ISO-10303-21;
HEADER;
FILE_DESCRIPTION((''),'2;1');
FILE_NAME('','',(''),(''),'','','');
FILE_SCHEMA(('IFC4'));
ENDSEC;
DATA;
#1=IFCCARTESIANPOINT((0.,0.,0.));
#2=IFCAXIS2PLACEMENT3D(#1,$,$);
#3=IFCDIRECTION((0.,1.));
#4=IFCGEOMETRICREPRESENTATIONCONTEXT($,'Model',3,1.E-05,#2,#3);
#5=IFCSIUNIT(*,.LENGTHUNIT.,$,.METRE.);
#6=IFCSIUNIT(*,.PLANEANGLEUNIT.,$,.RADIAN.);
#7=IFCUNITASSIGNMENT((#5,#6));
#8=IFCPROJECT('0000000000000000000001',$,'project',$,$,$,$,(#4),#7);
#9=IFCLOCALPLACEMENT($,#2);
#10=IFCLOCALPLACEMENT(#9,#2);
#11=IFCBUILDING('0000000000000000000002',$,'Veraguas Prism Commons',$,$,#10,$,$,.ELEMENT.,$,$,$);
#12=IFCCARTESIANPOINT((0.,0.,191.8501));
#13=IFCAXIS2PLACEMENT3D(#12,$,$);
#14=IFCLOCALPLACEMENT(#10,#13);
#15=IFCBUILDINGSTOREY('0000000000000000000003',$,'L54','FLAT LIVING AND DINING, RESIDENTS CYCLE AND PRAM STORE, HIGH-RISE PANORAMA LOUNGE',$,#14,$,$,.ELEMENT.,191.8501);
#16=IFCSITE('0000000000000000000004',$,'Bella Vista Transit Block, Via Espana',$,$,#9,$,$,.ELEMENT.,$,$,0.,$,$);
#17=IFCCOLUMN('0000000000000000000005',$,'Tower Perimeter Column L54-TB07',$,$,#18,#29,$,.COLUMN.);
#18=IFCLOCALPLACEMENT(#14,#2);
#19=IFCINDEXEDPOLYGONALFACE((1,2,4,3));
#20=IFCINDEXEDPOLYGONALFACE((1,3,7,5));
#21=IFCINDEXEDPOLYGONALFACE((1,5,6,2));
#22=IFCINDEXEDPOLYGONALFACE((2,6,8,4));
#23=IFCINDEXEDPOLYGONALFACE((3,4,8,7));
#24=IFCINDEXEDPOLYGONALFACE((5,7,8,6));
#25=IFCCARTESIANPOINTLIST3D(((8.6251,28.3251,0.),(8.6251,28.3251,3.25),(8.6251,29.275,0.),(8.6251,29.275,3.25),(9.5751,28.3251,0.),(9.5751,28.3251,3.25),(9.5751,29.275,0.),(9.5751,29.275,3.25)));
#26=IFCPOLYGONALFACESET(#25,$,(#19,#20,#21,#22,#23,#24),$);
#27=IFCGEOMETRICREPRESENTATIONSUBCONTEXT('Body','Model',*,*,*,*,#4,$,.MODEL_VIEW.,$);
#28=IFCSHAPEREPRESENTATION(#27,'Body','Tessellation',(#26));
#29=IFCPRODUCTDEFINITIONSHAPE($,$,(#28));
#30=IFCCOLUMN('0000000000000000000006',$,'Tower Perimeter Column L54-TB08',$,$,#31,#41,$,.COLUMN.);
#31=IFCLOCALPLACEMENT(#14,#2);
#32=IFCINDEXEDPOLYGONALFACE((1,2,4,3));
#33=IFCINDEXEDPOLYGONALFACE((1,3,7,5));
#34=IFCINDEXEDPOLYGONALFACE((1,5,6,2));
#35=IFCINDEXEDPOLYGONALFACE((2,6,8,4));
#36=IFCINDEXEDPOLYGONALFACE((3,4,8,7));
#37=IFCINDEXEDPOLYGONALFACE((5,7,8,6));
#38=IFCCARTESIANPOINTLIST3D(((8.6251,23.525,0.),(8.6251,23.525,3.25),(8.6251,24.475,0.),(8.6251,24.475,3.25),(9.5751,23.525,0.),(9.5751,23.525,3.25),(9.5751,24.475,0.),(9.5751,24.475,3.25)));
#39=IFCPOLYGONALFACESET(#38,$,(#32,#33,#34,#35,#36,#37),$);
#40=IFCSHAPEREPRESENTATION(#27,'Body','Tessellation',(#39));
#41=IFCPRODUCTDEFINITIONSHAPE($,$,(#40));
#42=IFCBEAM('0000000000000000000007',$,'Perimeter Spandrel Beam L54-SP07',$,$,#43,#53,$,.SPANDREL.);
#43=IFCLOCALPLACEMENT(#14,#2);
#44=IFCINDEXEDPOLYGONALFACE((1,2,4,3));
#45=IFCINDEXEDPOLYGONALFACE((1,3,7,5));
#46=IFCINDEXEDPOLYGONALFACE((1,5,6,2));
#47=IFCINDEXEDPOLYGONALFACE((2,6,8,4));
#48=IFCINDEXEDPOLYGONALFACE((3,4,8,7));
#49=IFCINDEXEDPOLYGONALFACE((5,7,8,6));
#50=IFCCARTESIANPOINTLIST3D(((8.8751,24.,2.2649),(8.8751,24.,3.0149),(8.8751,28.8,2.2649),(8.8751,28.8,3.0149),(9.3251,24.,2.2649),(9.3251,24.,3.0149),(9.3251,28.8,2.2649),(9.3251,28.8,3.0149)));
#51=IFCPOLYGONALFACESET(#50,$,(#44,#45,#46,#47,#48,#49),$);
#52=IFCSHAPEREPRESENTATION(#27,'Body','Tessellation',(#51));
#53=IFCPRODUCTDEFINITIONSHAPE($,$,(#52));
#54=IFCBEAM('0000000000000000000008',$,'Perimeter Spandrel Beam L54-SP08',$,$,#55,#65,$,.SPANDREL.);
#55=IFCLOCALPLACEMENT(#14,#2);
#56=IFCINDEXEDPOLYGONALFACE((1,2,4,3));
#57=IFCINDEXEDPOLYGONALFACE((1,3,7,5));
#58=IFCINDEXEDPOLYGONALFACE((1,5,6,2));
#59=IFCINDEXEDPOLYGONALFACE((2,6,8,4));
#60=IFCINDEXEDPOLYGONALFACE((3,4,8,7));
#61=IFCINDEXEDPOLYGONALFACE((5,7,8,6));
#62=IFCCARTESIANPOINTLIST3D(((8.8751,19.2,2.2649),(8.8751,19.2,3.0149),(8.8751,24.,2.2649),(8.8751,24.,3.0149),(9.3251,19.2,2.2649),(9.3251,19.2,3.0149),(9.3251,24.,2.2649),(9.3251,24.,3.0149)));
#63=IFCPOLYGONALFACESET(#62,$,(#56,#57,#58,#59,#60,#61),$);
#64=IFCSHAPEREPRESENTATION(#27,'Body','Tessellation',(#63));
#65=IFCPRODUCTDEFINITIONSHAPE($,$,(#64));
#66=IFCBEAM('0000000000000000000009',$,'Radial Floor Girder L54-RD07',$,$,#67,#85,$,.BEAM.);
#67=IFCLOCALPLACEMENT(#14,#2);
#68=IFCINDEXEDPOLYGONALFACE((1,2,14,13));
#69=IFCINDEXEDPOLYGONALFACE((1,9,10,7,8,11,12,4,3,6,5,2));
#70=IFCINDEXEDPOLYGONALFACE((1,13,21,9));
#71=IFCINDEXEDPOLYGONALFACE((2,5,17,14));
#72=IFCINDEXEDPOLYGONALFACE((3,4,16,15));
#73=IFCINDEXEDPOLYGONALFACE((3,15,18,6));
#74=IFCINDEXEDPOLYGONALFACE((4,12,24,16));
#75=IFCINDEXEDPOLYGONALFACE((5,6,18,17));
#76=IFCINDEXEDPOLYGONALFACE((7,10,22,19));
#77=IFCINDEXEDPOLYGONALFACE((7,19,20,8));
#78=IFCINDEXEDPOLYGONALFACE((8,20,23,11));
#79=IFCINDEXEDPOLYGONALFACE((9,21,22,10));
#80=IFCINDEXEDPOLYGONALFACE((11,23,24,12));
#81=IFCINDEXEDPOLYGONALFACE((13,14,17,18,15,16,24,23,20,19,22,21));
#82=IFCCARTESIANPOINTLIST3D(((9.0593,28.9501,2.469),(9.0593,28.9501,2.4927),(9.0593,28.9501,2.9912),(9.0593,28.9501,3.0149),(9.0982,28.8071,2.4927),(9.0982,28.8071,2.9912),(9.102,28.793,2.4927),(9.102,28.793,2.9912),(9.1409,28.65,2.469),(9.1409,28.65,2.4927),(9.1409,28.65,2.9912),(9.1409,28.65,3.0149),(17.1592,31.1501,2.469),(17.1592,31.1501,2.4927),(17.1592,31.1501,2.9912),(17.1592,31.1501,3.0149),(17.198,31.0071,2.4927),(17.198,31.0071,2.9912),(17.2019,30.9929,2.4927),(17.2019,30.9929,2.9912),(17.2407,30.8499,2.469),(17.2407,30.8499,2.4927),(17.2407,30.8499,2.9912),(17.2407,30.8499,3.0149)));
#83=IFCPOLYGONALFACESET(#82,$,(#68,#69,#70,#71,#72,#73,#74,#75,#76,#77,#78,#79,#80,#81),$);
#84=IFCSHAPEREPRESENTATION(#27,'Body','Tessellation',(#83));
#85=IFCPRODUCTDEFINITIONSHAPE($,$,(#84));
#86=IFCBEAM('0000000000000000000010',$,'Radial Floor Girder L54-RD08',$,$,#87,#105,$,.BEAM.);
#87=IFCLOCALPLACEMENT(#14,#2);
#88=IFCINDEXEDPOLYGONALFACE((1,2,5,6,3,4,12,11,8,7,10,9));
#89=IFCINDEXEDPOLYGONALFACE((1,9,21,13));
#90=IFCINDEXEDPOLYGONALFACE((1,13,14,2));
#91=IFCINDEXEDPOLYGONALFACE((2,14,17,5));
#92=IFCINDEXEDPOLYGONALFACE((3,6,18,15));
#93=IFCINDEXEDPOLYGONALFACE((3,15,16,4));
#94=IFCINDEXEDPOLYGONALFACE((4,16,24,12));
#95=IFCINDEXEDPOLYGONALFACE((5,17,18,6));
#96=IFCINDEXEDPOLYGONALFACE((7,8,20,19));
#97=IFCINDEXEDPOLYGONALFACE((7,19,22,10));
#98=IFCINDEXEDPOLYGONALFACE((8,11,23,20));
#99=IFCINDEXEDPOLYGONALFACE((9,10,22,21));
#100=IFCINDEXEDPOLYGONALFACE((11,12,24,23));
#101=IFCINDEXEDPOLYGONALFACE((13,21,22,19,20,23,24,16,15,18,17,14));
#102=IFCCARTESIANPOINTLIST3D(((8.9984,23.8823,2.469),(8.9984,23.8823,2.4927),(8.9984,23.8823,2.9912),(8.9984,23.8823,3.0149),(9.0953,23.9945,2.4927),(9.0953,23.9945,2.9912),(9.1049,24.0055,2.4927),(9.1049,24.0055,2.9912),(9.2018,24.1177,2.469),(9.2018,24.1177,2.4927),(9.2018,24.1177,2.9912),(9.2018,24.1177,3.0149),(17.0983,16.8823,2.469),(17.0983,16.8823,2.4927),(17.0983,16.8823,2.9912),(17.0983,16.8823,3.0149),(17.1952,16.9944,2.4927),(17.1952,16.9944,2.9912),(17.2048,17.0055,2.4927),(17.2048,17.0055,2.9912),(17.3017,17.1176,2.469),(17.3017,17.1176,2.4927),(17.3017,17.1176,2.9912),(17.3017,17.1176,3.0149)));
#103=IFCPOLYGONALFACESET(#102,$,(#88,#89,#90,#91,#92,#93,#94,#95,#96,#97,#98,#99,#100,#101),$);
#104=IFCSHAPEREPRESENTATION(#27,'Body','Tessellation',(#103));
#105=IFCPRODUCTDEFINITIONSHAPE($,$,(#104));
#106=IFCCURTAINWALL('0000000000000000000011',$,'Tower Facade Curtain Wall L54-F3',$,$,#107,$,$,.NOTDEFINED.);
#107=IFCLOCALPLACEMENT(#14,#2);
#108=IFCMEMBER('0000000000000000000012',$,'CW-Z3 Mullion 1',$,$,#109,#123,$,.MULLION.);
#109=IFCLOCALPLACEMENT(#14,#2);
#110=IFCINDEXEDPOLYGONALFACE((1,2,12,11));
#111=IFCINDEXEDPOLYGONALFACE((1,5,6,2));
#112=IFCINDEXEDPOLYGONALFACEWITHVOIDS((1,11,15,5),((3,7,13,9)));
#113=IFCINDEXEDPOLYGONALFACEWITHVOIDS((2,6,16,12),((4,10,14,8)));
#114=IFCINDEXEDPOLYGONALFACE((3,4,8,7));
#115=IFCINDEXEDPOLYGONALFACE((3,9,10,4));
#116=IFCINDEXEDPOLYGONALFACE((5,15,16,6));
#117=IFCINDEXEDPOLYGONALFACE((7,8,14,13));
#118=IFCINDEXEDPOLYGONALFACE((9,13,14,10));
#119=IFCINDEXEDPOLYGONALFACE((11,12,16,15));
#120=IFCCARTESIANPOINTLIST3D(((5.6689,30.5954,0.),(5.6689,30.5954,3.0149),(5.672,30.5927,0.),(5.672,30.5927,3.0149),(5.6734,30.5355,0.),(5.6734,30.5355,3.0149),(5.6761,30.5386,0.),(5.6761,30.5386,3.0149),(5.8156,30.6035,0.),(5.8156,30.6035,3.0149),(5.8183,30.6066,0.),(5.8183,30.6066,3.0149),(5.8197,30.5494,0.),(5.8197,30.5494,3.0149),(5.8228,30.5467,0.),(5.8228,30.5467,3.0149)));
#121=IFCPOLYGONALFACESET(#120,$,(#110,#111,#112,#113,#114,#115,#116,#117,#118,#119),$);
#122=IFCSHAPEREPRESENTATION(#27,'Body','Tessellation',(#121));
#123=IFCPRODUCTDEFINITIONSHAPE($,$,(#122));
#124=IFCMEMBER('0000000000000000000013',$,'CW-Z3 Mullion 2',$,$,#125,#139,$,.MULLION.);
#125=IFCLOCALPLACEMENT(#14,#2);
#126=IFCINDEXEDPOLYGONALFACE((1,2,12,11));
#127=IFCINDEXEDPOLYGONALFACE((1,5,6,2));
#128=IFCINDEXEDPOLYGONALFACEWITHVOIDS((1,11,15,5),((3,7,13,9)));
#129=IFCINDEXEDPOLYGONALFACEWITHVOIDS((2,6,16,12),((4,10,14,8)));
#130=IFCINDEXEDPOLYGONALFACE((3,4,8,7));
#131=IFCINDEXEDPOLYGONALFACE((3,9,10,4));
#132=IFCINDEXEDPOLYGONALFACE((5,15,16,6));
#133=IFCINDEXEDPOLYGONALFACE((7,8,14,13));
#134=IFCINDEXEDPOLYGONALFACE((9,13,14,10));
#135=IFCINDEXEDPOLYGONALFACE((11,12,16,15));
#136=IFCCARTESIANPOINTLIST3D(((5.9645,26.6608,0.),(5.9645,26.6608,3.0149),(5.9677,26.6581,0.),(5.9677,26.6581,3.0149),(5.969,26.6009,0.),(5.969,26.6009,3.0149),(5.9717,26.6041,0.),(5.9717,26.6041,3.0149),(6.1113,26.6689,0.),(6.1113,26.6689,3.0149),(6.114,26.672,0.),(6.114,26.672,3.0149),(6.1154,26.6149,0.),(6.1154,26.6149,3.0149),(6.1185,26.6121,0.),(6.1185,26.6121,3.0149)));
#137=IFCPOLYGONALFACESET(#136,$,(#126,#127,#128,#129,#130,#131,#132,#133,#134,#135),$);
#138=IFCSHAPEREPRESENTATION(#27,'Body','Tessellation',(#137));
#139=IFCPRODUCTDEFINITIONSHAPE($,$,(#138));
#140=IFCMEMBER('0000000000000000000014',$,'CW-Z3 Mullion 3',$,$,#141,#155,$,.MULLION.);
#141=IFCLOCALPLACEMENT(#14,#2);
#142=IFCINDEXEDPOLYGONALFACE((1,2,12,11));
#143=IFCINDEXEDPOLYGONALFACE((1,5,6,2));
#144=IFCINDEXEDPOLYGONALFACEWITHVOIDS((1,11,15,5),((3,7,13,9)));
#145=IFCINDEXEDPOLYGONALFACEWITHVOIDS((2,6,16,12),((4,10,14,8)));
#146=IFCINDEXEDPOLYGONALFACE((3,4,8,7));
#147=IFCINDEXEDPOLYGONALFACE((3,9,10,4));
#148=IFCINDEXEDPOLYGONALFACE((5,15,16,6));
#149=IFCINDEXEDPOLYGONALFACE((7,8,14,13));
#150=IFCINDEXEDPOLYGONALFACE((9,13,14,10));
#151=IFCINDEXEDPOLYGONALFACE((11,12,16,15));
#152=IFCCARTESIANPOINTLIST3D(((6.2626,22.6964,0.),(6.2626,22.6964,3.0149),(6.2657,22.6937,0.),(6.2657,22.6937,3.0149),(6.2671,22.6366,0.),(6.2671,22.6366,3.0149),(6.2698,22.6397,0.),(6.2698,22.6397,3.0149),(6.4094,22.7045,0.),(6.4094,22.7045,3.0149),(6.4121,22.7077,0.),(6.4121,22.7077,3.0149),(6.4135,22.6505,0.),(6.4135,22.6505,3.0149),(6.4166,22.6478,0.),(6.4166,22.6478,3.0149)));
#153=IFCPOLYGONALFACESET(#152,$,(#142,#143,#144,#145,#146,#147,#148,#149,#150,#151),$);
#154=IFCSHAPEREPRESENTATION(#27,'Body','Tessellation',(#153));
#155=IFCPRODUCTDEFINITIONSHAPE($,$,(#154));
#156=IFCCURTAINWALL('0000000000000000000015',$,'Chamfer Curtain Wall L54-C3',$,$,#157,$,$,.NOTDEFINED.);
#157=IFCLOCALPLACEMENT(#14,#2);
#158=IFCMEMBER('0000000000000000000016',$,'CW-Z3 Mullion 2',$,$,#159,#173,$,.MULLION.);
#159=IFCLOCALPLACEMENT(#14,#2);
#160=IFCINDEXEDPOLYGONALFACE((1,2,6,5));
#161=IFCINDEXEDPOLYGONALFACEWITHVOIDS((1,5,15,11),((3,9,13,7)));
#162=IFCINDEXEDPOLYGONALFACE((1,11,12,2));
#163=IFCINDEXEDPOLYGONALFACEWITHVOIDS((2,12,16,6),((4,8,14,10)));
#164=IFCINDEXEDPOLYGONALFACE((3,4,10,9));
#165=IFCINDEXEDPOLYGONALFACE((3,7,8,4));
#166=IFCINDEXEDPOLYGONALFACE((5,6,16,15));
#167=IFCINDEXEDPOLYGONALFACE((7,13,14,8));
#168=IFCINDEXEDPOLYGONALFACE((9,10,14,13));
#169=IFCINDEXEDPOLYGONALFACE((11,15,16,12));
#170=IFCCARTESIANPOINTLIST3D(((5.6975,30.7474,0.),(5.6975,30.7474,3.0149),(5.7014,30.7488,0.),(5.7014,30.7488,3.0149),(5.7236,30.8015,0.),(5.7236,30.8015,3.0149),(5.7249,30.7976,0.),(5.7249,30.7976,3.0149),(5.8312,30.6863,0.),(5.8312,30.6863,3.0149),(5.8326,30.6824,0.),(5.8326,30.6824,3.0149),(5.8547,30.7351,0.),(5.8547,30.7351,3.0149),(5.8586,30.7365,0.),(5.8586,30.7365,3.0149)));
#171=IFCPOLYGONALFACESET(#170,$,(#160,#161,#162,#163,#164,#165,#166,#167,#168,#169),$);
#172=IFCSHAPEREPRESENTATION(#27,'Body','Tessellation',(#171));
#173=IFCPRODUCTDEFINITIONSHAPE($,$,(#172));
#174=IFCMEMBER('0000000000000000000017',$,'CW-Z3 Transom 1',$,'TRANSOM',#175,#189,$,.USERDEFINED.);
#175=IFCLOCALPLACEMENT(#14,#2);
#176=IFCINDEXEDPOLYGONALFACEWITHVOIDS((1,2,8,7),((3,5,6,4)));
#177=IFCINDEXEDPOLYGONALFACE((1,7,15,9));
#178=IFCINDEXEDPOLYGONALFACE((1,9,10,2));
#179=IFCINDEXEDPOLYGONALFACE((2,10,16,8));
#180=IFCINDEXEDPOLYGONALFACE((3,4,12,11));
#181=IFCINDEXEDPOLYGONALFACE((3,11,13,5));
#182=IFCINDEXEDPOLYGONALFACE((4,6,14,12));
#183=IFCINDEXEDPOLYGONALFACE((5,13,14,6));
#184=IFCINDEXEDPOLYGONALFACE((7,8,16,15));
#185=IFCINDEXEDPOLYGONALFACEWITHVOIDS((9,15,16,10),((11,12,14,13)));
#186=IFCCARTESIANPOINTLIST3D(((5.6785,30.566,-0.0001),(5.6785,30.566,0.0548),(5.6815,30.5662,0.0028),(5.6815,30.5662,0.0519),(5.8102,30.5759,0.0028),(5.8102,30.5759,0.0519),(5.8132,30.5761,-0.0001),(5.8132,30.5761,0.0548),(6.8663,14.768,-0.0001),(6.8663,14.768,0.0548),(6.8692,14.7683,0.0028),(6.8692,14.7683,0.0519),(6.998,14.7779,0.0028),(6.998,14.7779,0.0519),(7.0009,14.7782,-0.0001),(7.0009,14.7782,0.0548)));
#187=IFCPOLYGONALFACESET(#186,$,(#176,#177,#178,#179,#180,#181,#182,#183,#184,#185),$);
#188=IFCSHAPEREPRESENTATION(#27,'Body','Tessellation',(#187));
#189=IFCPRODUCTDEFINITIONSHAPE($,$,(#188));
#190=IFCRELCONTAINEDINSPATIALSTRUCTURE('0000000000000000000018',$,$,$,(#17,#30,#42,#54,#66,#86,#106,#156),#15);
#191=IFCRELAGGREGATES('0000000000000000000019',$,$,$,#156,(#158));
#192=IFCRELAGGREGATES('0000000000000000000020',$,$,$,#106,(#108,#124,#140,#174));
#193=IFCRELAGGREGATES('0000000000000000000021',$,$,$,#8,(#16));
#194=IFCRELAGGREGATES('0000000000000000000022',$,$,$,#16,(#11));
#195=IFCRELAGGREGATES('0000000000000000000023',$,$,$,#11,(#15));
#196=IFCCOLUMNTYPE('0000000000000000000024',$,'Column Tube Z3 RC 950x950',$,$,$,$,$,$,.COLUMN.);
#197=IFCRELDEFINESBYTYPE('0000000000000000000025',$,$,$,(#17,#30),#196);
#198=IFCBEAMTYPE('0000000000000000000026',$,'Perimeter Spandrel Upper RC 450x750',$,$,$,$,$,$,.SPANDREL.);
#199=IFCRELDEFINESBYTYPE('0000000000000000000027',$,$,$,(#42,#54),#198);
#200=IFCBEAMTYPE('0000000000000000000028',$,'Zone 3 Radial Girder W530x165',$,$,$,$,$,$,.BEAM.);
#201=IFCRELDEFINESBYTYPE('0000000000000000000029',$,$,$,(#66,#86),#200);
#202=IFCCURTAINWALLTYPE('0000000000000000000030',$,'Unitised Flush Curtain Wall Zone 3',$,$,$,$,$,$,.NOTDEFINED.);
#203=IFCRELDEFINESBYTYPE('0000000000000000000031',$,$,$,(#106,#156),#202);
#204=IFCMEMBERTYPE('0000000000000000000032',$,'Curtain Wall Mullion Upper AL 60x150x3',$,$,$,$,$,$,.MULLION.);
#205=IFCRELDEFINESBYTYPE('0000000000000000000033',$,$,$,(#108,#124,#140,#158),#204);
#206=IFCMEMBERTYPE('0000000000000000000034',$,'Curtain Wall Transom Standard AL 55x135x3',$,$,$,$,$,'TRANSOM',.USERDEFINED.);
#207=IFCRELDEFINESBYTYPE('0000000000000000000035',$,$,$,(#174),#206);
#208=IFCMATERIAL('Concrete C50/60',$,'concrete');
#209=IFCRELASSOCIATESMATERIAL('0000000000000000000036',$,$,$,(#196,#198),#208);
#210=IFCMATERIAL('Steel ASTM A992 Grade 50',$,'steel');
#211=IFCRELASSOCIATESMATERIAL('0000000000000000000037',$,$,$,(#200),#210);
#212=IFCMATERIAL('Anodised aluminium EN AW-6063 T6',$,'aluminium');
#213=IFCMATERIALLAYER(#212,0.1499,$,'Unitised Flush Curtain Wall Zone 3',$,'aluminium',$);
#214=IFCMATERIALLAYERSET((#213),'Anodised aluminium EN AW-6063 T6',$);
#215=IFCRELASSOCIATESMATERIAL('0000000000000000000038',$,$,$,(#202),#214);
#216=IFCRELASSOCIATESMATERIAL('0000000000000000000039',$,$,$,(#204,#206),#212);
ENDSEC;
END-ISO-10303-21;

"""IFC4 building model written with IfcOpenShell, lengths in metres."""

from ifc_helpers import new_model, si_unit, direction, frame, origin, origin_2d, place, context, subcontext, project, spatial, rectangle, hollow_rectangle, i_section, extrude, source, transform, mapped, material, layer, layer_set, material_profile, profile_set, type_object, element, aggregate, save


model = new_model("IFC4")

# Units and contexts
model_context = context("Model", 3, precision=1e-05, world=origin(), true_north=direction((0.0, 1.0)))
body_context = subcontext(model_context, "Body", "Model", "MODEL_VIEW")
ifc_project = project(units=[si_unit("LENGTHUNIT", "METRE"), si_unit("PLANEANGLEUNIT", "RADIAN")], contexts=[model_context])

# Site, building, storey
site_placement = place(None, origin())
site = spatial("IfcSite", under=ifc_project, at=site_placement, Name="Bella Vista Transit Block, Via Espana", CompositionType="ELEMENT", RefElevation=0.0)
building_placement = place(site_placement, origin())
building = spatial("IfcBuilding", under=site, at=building_placement, Name="Veraguas Prism Commons", CompositionType="ELEMENT")
storey_placement = place(building_placement, frame((0.0, 0.0, 191.8501)))
storey = spatial("IfcBuildingStorey", under=building, at=storey_placement, Name="L54", Description="FLAT LIVING AND DINING, RESIDENTS CYCLE AND PRAM STORE, HIGH-RISE PANORAMA LOUNGE", CompositionType="ELEMENT", Elevation=191.8501)

# Columns
ifc_material_1 = material(Name="Concrete C50/60", Category="concrete")
ifc_material_profile_1 = material_profile(ifc_material_1, rectangle(XDim=0.95, YDim=0.95, at=origin_2d()), Name="RC950X950")
ifc_profile_set_1 = profile_set([ifc_material_profile_1], Name="Concrete C50/60")
column_type = type_object("IfcColumnType", Name="Column Tube Z3 RC 950x950", PredefinedType="COLUMN", material=ifc_profile_set_1)
for number, where, z_axis, x_axis, name in (
    (1, (9.1001, 28.8, 0.0), (0.0, 0.0, 1.0), (1.0, 0.0, 0.0), "Tower Perimeter Column L54-TB07"),
    (2, (9.1001, 24.0, 0.0), (0.0, 0.0, 1.0), (1.0, 0.0, 0.0), "Tower Perimeter Column L54-TB08"),
):
    element("IfcColumn", number, at=place(storey_placement, frame(where, z_axis=z_axis, x_axis=x_axis)), inside=storey, type_object=column_type, Name=name, PredefinedType="COLUMN", context=body_context, shape_type="SweptSolid", body=[
        extrude(rectangle(XDim=0.95, YDim=0.95, at=origin_2d()), origin(), (0.0, 0.0, 1.0), 3.25),
    ])

# Beams
ifc_material_profile_2 = material_profile(ifc_material_1, rectangle(XDim=0.45, YDim=0.75, at=origin_2d()), Name="RC450X750")
ifc_profile_set_2 = profile_set([ifc_material_profile_2], Name="Concrete C50/60")
beam_type_1 = type_object("IfcBeamType", Name="Perimeter Spandrel Upper RC 450x750", PredefinedType="SPANDREL", material=ifc_profile_set_2)
for number, where, z_axis, x_axis, name in (
    (3, (9.1001, 28.8, 2.6399), (0.0, -1.0, 0.0), (1.0, 0.0, 0.0), "Perimeter Spandrel Beam L54-SP07"),
    (4, (9.1001, 24.0, 2.6399), (0.0, -1.0, 0.0), (1.0, 0.0, 0.0), "Perimeter Spandrel Beam L54-SP08"),
):
    element("IfcBeam", number, at=place(storey_placement, frame(where, z_axis=z_axis, x_axis=x_axis)), inside=storey, type_object=beam_type_1, Name=name, PredefinedType="SPANDREL", context=body_context, shape_type="SweptSolid", body=[
        extrude(rectangle(XDim=0.45, YDim=0.75, at=origin_2d()), origin(), (0.0, 0.0, 1.0), 4.8),
    ])
ifc_material_2 = material(Name="Steel ASTM A992 Grade 50", Category="steel")
ifc_material_profile_3 = material_profile(ifc_material_2, i_section(OverallWidth=0.311, OverallDepth=0.5459, WebThickness=0.0146, FlangeThickness=0.0237, at=origin_2d()), Name="W530X165")
ifc_profile_set_3 = profile_set([ifc_material_profile_3], Name="Steel ASTM A992 Grade 50")
beam_type_2 = type_object("IfcBeamType", Name="Zone 3 Radial Girder W530x165", PredefinedType="BEAM", material=ifc_profile_set_3)
beam_1_placement = place(storey_placement, frame((9.1001, 28.8, 2.7419), z_axis=(0.965039, 0.262108, 0.0), x_axis=(-0.262108, 0.965039, 0.0)))
element("IfcBeam", 5, at=beam_1_placement, inside=storey, type_object=beam_type_2, Name="Radial Floor Girder L54-RD07", PredefinedType="BEAM", context=body_context, shape_type="SweptSolid", body=[
    extrude(i_section(OverallWidth=0.311, OverallDepth=0.5459, WebThickness=0.0146, FlangeThickness=0.0237, at=origin_2d()), origin(), (0.0, 0.0, 1.0), 8.3933),
])
beam_2_placement = place(storey_placement, frame((9.1001, 24.0, 2.7419), z_axis=(0.756607, -0.65387, 0.0), x_axis=(0.65387, 0.756607, 0.0)))
element("IfcBeam", 6, at=beam_2_placement, inside=storey, type_object=beam_type_2, Name="Radial Floor Girder L54-RD08", PredefinedType="BEAM", context=body_context, shape_type="SweptSolid", body=[
    extrude(i_section(OverallWidth=0.311, OverallDepth=0.5459, WebThickness=0.0146, FlangeThickness=0.0237, at=origin_2d()), origin(), (0.0, 0.0, 1.0), 10.7056),
])

# Curtain wall, members
ifc_material_3 = material(Name="Anodised aluminium EN AW-6063 T6", Category="aluminium")
ifc_layer_1 = layer(ifc_material_3, 0.1499, Name="Unitised Flush Curtain Wall Zone 3", Category="aluminium")
ifc_layer_set_1 = layer_set([ifc_layer_1], Name="Anodised aluminium EN AW-6063 T6")
curtain_wall_type = type_object("IfcCurtainWallType", Name="Unitised Flush Curtain Wall Zone 3", PredefinedType="NOTDEFINED", material=ifc_layer_set_1)
curtain_wall_1_placement = place(storey_placement, origin())
curtain_wall_1 = element("IfcCurtainWall", 7, at=curtain_wall_1_placement, inside=storey, type_object=curtain_wall_type, Name="Tower Facade Curtain Wall L54-F3", PredefinedType="NOTDEFINED")
ifc_material_profile_4 = material_profile(ifc_material_3, hollow_rectangle(XDim=0.0601, YDim=0.1499, WallThickness=0.0029, at=origin_2d()), Name="AL60X150X3")
ifc_profile_set_4 = profile_set([ifc_material_profile_4], Name="Anodised aluminium EN AW-6063 T6")
member_type_1 = type_object("IfcMemberType", Name="Curtain Wall Mullion Upper AL 60x150x3", PredefinedType="MULLION", material=ifc_profile_set_4)
shared_shape_1 = source(origin(), body_context, "Body", "SweptSolid", [
    extrude(hollow_rectangle(XDim=0.0601, YDim=0.1499, WallThickness=0.0029, at=origin_2d()), origin(), (0.0, 0.0, 1.0), 3.0149),
])
member_1_placement = place(storey_placement, frame((5.7458, 30.571, 0.0), z_axis=(0.0, 0.0, 1.0), x_axis=(0.074975, -0.997185, 0.0)))
member_1 = element("IfcMember", 8, at=member_1_placement, type_object=member_type_1, Name="CW-Z3 Mullion 1", PredefinedType="MULLION", context=body_context, shape_type="MappedRepresentation", body=[
    mapped(shared_shape_1, transform((0.0, 0.0, 0.0), scale=1.0)),
])
member_2_placement = place(storey_placement, frame((6.0415, 26.6365, 0.0), z_axis=(0.0, 0.0, 1.0), x_axis=(0.074975, -0.997185, 0.0)))
member_2 = element("IfcMember", 9, at=member_2_placement, type_object=member_type_1, Name="CW-Z3 Mullion 2", PredefinedType="MULLION", context=body_context, shape_type="MappedRepresentation", body=[
    mapped(shared_shape_1, transform((0.0, 0.0, 0.0), scale=1.0)),
])
member_3_placement = place(storey_placement, frame((6.3396, 22.6721, 0.0), z_axis=(0.0, 0.0, 1.0), x_axis=(0.074975, -0.997185, 0.0)))
member_3 = element("IfcMember", 10, at=member_3_placement, type_object=member_type_1, Name="CW-Z3 Mullion 3", PredefinedType="MULLION", context=body_context, shape_type="MappedRepresentation", body=[
    mapped(shared_shape_1, transform((0.0, 0.0, 0.0), scale=1.0)),
])

# Curtain wall, member
curtain_wall_2_placement = place(storey_placement, origin())
curtain_wall_2 = element("IfcCurtainWall", 11, at=curtain_wall_2_placement, inside=storey, type_object=curtain_wall_type, Name="Chamfer Curtain Wall L54-C3", PredefinedType="NOTDEFINED")
member_4_placement = place(storey_placement, frame((5.7781, 30.7419, 0.0), z_axis=(0.0, 0.0, 1.0), x_axis=(-0.43368, -0.901067, 0.0)))
member_4 = element("IfcMember", 12, at=member_4_placement, type_object=member_type_1, Name="CW-Z3 Mullion 2", PredefinedType="MULLION", context=body_context, shape_type="MappedRepresentation", body=[
    mapped(shared_shape_1, transform((0.0, 0.0, 0.0), scale=1.0)),
])
aggregate(curtain_wall_2, [member_4])

# Member
ifc_material_profile_5 = material_profile(ifc_material_3, hollow_rectangle(XDim=0.0549, YDim=0.135, WallThickness=0.0029, at=origin_2d()), Name="AL55X135X3")
ifc_profile_set_5 = profile_set([ifc_material_profile_5], Name="Anodised aluminium EN AW-6063 T6")
member_type_2 = type_object("IfcMemberType", Name="Curtain Wall Transom Standard AL 55x135x3", ElementType="TRANSOM", PredefinedType="USERDEFINED", material=ifc_profile_set_5)
shared_shape_2 = source(origin(), body_context, "Body", "SweptSolid", [
    extrude(hollow_rectangle(XDim=0.0549, YDim=0.135, WallThickness=0.0029, at=origin_2d()), origin(), (0.0, 0.0, 1.0), 15.8425),
])
member_5_placement = place(storey_placement, frame((5.7458, 30.571, 0.0273), z_axis=(0.074972, -0.997186, 0.0), x_axis=(0.0, 0.0, 1.0)))
member_5 = element("IfcMember", 13, at=member_5_placement, type_object=member_type_2, Name="CW-Z3 Transom 1", ObjectType="TRANSOM", PredefinedType="USERDEFINED", context=body_context, shape_type="MappedRepresentation", body=[
    mapped(shared_shape_2, transform((0.0, 0.0, 0.0), scale=1.0)),
])

aggregate(curtain_wall_1, [member_1, member_2, member_3, member_5])

save(model, "model.ifc")
